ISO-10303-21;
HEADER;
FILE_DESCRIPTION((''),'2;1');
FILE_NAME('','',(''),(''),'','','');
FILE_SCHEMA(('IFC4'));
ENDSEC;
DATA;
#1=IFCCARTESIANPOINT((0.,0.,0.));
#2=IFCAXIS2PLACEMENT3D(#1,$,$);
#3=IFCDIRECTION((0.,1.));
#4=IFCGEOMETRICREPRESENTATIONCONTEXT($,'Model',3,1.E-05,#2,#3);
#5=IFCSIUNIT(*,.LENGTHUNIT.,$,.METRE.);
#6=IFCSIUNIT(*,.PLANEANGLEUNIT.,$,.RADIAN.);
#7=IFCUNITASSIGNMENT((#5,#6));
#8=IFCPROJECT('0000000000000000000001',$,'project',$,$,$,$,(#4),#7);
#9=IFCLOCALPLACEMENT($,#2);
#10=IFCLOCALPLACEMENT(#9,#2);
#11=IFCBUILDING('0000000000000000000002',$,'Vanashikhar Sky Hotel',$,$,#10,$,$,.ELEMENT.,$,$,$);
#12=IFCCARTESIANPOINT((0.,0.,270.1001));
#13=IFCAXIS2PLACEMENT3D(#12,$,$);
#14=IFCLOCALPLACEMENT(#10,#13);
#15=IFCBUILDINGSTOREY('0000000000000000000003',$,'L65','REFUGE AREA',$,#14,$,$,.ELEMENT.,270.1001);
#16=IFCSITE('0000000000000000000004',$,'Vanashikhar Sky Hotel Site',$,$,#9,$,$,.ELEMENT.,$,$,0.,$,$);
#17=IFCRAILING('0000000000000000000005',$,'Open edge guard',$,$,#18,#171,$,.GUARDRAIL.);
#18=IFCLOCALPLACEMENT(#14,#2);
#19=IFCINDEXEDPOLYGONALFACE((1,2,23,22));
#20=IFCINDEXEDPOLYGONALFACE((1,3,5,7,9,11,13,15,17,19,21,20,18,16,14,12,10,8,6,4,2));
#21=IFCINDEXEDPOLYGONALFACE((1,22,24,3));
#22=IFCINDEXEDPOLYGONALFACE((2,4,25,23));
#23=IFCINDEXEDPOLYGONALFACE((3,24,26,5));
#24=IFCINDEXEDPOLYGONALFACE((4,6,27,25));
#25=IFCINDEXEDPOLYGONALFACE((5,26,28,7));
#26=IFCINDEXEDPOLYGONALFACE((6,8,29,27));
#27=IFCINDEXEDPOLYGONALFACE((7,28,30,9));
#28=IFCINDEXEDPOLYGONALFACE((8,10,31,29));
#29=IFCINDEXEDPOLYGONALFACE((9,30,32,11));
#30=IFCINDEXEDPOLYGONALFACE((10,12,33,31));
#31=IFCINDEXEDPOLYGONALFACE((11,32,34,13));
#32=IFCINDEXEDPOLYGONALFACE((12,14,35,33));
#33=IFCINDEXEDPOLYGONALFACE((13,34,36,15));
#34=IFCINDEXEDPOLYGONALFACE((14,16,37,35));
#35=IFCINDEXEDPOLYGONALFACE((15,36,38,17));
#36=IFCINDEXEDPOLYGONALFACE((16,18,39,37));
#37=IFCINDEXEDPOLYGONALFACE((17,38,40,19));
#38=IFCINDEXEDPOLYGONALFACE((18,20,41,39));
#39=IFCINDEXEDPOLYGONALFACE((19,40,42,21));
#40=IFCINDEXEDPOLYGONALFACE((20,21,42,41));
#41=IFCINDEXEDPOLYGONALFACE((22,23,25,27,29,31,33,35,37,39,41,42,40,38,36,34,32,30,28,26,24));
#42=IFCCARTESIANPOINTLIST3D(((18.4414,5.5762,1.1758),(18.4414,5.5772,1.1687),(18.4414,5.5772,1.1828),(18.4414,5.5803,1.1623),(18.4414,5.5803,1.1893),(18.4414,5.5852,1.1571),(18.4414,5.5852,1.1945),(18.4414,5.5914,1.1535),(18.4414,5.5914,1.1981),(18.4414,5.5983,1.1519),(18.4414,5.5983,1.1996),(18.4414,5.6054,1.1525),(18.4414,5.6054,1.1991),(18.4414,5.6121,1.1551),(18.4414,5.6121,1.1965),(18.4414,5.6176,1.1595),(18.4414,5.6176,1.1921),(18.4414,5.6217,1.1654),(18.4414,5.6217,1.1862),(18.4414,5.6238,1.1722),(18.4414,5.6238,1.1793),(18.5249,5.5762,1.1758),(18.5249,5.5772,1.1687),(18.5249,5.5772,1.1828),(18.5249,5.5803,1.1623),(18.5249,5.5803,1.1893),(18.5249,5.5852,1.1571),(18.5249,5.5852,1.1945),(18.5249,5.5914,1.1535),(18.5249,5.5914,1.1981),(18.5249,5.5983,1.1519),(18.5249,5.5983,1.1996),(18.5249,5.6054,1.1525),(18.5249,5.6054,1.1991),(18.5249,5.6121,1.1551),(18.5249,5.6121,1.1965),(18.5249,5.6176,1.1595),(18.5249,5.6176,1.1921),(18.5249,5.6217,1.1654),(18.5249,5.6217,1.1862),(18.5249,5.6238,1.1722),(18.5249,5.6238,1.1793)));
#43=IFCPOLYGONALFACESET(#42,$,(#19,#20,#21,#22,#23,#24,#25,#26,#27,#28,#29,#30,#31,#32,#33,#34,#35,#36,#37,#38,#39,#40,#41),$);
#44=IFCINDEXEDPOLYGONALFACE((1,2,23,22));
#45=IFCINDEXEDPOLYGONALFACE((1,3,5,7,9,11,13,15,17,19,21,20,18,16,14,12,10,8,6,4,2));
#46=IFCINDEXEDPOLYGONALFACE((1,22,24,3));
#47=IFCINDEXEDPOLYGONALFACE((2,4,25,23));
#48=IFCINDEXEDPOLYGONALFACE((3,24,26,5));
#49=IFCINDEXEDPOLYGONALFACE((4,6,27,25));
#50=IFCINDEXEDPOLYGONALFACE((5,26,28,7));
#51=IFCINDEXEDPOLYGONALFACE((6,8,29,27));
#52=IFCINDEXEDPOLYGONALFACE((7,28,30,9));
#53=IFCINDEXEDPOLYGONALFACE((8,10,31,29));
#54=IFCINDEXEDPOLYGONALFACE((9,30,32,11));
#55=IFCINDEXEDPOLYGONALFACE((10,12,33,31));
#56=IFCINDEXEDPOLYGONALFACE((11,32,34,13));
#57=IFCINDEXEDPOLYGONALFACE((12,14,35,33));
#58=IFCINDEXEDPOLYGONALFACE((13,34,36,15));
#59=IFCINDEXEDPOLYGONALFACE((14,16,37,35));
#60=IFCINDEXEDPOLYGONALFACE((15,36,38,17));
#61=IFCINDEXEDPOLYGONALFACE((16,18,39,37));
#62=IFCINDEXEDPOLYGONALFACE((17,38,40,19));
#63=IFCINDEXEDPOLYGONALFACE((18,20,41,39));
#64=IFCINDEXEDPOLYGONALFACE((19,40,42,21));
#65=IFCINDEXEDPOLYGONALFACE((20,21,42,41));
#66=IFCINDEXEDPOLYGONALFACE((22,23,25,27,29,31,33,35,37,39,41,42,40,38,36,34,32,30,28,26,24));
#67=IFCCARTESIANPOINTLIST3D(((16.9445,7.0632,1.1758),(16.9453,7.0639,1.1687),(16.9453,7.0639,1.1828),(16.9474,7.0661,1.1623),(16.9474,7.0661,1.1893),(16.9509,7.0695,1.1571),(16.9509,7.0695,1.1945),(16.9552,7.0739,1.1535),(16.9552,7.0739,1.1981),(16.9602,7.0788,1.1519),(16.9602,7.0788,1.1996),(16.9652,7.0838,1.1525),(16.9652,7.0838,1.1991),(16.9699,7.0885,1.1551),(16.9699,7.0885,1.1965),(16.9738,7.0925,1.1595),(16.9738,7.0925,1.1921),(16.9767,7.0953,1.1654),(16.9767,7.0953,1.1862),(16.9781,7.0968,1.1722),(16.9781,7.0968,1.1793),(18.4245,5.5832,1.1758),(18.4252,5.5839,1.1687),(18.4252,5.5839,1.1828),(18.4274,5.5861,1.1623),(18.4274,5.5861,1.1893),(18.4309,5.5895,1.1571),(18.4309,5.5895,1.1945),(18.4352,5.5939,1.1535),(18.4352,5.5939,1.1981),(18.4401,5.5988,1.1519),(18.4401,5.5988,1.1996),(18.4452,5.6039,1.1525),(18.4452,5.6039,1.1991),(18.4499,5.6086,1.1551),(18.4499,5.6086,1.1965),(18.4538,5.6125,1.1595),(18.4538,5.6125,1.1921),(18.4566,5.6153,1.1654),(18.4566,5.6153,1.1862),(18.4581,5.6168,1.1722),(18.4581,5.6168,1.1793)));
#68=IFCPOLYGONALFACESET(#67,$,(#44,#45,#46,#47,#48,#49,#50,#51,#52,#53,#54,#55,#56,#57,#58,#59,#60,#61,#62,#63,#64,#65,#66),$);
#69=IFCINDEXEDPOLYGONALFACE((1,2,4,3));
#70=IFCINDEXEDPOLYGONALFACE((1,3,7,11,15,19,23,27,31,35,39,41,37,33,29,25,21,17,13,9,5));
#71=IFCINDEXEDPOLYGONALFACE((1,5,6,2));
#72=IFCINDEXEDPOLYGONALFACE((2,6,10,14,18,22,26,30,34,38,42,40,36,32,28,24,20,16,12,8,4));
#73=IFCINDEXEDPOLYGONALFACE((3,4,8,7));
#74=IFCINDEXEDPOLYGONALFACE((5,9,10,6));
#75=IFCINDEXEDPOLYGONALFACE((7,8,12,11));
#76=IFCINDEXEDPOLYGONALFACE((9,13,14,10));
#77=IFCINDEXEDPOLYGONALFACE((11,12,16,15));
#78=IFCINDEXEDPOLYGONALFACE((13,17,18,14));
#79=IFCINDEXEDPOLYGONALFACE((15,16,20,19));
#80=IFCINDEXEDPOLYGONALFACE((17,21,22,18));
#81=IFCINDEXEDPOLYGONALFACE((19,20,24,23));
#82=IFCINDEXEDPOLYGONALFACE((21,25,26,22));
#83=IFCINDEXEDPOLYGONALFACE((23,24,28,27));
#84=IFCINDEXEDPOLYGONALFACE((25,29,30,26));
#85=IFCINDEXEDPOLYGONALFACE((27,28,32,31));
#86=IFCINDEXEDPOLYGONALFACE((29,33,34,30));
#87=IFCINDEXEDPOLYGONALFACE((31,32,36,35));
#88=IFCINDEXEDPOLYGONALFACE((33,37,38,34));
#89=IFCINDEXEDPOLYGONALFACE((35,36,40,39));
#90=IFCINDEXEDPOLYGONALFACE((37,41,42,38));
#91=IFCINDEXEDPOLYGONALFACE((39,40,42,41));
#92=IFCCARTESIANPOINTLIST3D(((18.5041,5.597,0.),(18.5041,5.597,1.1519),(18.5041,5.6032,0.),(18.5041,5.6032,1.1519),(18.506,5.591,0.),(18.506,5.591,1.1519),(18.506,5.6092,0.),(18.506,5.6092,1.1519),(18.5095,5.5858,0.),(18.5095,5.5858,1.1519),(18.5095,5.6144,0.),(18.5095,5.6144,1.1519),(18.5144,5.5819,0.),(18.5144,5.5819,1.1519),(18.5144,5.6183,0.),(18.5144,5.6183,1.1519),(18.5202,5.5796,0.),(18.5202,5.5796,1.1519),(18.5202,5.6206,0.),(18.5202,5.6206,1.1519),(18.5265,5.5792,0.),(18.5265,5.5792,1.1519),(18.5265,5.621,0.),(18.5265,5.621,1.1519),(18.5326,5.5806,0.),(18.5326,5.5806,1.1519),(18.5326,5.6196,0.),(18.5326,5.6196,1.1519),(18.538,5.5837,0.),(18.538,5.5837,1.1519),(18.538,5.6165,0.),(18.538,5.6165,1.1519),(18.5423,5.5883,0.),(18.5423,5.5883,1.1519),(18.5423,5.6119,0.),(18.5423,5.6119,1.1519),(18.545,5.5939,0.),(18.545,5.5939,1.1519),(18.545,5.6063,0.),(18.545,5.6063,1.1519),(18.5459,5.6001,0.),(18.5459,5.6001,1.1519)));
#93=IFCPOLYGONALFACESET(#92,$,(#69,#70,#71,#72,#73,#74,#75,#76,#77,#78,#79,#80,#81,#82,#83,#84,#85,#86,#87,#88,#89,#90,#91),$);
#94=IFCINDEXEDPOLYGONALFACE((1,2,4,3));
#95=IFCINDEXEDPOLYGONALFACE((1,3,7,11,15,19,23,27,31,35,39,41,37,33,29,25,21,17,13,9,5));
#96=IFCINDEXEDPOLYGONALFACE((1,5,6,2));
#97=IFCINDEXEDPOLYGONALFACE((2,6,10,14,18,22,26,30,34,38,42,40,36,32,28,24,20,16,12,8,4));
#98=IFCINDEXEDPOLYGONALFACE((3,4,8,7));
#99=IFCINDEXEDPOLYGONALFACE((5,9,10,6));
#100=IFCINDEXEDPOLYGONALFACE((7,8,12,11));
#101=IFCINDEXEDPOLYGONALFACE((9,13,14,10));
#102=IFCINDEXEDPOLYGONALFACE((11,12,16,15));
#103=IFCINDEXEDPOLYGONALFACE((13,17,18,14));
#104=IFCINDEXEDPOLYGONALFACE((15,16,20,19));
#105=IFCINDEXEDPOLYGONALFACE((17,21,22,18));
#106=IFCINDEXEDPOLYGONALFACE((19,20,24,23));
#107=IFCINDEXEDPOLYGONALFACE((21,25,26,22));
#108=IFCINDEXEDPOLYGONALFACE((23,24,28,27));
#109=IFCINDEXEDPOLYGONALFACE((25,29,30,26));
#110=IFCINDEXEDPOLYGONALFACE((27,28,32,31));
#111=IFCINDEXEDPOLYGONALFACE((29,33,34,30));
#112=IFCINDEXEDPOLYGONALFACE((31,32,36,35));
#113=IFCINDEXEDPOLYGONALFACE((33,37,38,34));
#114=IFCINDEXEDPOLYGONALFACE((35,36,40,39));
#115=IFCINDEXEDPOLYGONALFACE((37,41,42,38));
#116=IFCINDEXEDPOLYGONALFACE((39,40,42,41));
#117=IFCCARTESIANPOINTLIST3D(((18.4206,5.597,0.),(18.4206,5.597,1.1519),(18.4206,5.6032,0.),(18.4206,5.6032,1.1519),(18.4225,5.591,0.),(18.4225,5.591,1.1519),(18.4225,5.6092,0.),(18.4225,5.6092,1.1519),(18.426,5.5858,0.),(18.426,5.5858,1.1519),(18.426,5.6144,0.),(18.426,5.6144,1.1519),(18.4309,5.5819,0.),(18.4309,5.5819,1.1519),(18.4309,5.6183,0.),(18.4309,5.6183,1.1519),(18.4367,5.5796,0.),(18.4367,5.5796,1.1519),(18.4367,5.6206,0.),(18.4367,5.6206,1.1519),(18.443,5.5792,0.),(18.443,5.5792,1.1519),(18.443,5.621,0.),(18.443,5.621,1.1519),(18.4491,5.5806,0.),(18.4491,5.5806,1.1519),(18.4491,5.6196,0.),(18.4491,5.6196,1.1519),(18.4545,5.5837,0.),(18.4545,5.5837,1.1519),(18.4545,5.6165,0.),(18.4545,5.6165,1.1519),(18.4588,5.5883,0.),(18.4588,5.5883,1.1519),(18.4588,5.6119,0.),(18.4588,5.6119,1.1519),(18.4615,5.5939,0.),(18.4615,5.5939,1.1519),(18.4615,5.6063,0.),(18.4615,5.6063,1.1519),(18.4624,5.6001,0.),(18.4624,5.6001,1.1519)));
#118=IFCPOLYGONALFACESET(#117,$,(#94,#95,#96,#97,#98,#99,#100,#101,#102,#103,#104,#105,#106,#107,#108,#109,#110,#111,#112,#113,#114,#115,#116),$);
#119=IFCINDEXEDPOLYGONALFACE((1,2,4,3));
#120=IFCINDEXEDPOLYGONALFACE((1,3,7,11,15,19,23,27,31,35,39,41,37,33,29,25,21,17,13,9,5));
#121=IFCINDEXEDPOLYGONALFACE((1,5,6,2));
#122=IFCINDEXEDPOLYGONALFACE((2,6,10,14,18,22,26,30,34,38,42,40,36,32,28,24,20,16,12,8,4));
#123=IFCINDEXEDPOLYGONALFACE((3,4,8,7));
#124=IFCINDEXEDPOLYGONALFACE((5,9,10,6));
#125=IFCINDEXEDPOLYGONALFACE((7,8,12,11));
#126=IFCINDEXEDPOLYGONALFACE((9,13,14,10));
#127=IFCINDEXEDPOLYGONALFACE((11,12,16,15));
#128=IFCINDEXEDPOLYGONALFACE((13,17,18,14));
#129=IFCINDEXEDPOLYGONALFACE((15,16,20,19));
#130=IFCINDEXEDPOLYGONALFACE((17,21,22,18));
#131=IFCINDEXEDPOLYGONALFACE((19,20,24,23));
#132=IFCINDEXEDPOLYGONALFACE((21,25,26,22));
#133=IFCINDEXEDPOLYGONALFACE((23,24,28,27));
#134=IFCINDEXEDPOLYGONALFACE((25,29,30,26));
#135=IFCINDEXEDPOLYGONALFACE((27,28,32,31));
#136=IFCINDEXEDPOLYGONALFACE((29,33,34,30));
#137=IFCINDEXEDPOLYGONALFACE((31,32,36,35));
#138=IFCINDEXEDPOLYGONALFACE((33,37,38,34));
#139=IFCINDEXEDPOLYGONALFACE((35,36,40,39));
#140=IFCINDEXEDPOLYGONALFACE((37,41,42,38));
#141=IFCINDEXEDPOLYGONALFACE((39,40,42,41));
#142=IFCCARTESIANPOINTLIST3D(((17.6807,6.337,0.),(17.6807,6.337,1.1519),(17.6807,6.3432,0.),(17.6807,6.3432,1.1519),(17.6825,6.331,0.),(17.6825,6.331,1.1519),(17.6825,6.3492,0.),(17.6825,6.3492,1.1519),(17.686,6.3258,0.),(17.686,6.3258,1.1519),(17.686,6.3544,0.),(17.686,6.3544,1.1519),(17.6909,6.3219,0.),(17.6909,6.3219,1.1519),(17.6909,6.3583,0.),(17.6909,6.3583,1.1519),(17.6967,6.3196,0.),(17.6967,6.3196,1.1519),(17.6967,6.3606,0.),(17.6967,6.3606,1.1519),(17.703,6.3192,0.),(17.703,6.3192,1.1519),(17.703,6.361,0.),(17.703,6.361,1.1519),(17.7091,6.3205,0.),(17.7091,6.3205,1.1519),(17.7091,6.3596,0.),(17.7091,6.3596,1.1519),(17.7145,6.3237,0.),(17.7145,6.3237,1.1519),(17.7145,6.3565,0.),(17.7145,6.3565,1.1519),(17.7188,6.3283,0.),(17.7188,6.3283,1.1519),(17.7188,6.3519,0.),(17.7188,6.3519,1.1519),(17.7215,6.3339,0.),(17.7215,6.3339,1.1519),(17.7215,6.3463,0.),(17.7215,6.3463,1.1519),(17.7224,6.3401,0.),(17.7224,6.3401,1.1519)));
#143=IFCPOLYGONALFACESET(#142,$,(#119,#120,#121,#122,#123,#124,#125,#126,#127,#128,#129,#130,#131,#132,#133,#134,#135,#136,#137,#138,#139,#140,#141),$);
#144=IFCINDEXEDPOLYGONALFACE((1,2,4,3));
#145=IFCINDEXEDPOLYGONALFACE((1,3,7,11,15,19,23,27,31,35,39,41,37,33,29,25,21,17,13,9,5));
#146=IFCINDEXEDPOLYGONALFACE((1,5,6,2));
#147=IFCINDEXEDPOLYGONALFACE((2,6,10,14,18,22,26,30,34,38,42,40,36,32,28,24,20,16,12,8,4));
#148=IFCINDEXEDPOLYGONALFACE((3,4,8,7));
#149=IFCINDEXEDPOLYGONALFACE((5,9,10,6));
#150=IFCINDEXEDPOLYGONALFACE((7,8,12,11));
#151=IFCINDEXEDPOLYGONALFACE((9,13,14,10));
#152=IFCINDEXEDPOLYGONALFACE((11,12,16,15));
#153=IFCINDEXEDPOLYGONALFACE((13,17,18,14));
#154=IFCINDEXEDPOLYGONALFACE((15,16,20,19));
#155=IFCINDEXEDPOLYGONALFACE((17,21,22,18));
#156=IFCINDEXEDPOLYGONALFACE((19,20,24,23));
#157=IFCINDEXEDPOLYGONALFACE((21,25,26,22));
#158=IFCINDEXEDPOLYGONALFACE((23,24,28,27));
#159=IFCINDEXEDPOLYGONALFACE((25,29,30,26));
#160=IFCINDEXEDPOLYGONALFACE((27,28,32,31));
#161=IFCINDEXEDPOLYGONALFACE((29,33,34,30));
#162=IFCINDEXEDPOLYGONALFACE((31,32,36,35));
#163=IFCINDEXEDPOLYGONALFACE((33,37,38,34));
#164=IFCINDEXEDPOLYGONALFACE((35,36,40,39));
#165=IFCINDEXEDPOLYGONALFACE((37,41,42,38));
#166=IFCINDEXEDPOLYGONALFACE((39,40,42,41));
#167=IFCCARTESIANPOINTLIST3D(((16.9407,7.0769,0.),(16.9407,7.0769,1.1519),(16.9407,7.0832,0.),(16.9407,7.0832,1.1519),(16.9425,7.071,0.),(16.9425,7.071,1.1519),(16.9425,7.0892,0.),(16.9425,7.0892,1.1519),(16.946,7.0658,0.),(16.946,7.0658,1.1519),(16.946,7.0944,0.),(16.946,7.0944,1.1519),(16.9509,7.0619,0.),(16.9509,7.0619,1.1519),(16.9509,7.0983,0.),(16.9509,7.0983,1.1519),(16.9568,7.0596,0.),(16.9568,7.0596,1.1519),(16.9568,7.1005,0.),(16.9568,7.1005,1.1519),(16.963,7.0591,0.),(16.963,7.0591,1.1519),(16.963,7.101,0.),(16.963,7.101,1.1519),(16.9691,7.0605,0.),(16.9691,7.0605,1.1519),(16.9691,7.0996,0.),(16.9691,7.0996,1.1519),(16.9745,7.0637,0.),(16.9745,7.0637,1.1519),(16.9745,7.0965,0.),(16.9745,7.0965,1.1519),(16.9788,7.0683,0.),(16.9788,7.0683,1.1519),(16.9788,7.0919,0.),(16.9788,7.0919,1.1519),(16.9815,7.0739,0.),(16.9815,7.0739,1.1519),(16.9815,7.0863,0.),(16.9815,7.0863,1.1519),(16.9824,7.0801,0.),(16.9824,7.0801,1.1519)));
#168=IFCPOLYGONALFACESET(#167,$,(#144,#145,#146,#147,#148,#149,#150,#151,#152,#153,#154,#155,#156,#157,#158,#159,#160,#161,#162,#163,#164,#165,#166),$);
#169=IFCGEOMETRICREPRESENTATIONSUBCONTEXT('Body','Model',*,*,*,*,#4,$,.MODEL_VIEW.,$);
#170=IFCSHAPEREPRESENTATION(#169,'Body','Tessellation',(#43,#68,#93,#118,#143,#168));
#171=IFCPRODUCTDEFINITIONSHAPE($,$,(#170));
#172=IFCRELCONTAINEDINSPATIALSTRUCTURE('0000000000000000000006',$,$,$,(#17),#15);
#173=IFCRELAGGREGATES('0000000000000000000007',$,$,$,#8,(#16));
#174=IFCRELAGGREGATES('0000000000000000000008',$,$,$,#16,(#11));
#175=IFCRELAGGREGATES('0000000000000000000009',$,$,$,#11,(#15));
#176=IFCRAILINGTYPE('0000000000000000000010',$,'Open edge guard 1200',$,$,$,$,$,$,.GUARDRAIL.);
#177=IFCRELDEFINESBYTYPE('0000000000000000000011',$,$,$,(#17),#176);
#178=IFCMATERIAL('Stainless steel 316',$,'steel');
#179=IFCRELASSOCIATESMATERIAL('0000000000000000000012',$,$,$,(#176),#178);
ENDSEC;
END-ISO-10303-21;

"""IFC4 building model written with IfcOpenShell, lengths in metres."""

from ifc_helpers import new_model, si_unit, direction, frame, origin, origin_2d, place, context, subcontext, project, spatial, circle, extrude, source, transform, mapped, material, type_object, element, save


model = new_model("IFC4")

# Units and contexts
model_context = context("Model", 3, precision=1e-05, world=origin(), true_north=direction((0.0, 1.0)))
body_context = subcontext(model_context, "Body", "Model", "MODEL_VIEW")
ifc_project = project(units=[si_unit("LENGTHUNIT", "METRE"), si_unit("PLANEANGLEUNIT", "RADIAN")], contexts=[model_context])

# Site, building, storey
site_placement = place(None, origin())
site = spatial("IfcSite", under=ifc_project, at=site_placement, Name="Vanashikhar Sky Hotel Site", CompositionType="ELEMENT", RefElevation=0.0)
building_placement = place(site_placement, origin())
building = spatial("IfcBuilding", under=site, at=building_placement, Name="Vanashikhar Sky Hotel", CompositionType="ELEMENT")
storey_placement = place(building_placement, frame((0.0, 0.0, 270.1001)))
storey = spatial("IfcBuildingStorey", under=building, at=storey_placement, Name="L65", Description="REFUGE AREA", CompositionType="ELEMENT", Elevation=270.1001)

# Railing
ifc_material_1 = material(Name="Stainless steel 316", Category="steel")
railing_type = type_object("IfcRailingType", Name="Open edge guard 1200", PredefinedType="GUARDRAIL", material=ifc_material_1)
shared_shape_1 = source(origin(), body_context, "Body", "SweptSolid", [
    extrude(circle(Radius=0.0239, at=origin_2d()), frame((0.0, 0.0, 1.1758), z_axis=(-1.0, 0.0, 0.0), x_axis=(0.0, -1.0, 0.0)), (0.0, 0.0, 1.0), 0.0835),
    extrude(circle(Radius=0.0239, at=origin_2d()), frame((-0.0835, 0.0, 1.1758), z_axis=(-0.707107, 0.707107, 0.0), x_axis=(-0.707107, -0.707107, 0.0)), (0.0, 0.0, 1.0), 2.093),
    extrude(circle(Radius=0.021, at=origin_2d()), origin(), (0.0, 0.0, 1.0), 1.1519),
    extrude(circle(Radius=0.021, at=origin_2d()), frame((-0.0835, 0.0, 0.0)), (0.0, 0.0, 1.0), 1.1519),
    extrude(circle(Radius=0.021, at=origin_2d()), frame((-0.8235, 0.74, 0.0)), (0.0, 0.0, 1.0), 1.1519),
    extrude(circle(Radius=0.021, at=origin_2d()), frame((-1.5635, 1.48, 0.0)), (0.0, 0.0, 1.0), 1.1519),
])
railing_1_placement = place(storey_placement, frame((18.5249, 5.6001, 0.0)))
element("IfcRailing", 1, at=railing_1_placement, inside=storey, type_object=railing_type, Name="Open edge guard", PredefinedType="GUARDRAIL", context=body_context, shape_type="MappedRepresentation", body=[
    mapped(shared_shape_1, transform((0.0, 0.0, 0.0), scale=1.0)),
])

save(model, "model.ifc")
